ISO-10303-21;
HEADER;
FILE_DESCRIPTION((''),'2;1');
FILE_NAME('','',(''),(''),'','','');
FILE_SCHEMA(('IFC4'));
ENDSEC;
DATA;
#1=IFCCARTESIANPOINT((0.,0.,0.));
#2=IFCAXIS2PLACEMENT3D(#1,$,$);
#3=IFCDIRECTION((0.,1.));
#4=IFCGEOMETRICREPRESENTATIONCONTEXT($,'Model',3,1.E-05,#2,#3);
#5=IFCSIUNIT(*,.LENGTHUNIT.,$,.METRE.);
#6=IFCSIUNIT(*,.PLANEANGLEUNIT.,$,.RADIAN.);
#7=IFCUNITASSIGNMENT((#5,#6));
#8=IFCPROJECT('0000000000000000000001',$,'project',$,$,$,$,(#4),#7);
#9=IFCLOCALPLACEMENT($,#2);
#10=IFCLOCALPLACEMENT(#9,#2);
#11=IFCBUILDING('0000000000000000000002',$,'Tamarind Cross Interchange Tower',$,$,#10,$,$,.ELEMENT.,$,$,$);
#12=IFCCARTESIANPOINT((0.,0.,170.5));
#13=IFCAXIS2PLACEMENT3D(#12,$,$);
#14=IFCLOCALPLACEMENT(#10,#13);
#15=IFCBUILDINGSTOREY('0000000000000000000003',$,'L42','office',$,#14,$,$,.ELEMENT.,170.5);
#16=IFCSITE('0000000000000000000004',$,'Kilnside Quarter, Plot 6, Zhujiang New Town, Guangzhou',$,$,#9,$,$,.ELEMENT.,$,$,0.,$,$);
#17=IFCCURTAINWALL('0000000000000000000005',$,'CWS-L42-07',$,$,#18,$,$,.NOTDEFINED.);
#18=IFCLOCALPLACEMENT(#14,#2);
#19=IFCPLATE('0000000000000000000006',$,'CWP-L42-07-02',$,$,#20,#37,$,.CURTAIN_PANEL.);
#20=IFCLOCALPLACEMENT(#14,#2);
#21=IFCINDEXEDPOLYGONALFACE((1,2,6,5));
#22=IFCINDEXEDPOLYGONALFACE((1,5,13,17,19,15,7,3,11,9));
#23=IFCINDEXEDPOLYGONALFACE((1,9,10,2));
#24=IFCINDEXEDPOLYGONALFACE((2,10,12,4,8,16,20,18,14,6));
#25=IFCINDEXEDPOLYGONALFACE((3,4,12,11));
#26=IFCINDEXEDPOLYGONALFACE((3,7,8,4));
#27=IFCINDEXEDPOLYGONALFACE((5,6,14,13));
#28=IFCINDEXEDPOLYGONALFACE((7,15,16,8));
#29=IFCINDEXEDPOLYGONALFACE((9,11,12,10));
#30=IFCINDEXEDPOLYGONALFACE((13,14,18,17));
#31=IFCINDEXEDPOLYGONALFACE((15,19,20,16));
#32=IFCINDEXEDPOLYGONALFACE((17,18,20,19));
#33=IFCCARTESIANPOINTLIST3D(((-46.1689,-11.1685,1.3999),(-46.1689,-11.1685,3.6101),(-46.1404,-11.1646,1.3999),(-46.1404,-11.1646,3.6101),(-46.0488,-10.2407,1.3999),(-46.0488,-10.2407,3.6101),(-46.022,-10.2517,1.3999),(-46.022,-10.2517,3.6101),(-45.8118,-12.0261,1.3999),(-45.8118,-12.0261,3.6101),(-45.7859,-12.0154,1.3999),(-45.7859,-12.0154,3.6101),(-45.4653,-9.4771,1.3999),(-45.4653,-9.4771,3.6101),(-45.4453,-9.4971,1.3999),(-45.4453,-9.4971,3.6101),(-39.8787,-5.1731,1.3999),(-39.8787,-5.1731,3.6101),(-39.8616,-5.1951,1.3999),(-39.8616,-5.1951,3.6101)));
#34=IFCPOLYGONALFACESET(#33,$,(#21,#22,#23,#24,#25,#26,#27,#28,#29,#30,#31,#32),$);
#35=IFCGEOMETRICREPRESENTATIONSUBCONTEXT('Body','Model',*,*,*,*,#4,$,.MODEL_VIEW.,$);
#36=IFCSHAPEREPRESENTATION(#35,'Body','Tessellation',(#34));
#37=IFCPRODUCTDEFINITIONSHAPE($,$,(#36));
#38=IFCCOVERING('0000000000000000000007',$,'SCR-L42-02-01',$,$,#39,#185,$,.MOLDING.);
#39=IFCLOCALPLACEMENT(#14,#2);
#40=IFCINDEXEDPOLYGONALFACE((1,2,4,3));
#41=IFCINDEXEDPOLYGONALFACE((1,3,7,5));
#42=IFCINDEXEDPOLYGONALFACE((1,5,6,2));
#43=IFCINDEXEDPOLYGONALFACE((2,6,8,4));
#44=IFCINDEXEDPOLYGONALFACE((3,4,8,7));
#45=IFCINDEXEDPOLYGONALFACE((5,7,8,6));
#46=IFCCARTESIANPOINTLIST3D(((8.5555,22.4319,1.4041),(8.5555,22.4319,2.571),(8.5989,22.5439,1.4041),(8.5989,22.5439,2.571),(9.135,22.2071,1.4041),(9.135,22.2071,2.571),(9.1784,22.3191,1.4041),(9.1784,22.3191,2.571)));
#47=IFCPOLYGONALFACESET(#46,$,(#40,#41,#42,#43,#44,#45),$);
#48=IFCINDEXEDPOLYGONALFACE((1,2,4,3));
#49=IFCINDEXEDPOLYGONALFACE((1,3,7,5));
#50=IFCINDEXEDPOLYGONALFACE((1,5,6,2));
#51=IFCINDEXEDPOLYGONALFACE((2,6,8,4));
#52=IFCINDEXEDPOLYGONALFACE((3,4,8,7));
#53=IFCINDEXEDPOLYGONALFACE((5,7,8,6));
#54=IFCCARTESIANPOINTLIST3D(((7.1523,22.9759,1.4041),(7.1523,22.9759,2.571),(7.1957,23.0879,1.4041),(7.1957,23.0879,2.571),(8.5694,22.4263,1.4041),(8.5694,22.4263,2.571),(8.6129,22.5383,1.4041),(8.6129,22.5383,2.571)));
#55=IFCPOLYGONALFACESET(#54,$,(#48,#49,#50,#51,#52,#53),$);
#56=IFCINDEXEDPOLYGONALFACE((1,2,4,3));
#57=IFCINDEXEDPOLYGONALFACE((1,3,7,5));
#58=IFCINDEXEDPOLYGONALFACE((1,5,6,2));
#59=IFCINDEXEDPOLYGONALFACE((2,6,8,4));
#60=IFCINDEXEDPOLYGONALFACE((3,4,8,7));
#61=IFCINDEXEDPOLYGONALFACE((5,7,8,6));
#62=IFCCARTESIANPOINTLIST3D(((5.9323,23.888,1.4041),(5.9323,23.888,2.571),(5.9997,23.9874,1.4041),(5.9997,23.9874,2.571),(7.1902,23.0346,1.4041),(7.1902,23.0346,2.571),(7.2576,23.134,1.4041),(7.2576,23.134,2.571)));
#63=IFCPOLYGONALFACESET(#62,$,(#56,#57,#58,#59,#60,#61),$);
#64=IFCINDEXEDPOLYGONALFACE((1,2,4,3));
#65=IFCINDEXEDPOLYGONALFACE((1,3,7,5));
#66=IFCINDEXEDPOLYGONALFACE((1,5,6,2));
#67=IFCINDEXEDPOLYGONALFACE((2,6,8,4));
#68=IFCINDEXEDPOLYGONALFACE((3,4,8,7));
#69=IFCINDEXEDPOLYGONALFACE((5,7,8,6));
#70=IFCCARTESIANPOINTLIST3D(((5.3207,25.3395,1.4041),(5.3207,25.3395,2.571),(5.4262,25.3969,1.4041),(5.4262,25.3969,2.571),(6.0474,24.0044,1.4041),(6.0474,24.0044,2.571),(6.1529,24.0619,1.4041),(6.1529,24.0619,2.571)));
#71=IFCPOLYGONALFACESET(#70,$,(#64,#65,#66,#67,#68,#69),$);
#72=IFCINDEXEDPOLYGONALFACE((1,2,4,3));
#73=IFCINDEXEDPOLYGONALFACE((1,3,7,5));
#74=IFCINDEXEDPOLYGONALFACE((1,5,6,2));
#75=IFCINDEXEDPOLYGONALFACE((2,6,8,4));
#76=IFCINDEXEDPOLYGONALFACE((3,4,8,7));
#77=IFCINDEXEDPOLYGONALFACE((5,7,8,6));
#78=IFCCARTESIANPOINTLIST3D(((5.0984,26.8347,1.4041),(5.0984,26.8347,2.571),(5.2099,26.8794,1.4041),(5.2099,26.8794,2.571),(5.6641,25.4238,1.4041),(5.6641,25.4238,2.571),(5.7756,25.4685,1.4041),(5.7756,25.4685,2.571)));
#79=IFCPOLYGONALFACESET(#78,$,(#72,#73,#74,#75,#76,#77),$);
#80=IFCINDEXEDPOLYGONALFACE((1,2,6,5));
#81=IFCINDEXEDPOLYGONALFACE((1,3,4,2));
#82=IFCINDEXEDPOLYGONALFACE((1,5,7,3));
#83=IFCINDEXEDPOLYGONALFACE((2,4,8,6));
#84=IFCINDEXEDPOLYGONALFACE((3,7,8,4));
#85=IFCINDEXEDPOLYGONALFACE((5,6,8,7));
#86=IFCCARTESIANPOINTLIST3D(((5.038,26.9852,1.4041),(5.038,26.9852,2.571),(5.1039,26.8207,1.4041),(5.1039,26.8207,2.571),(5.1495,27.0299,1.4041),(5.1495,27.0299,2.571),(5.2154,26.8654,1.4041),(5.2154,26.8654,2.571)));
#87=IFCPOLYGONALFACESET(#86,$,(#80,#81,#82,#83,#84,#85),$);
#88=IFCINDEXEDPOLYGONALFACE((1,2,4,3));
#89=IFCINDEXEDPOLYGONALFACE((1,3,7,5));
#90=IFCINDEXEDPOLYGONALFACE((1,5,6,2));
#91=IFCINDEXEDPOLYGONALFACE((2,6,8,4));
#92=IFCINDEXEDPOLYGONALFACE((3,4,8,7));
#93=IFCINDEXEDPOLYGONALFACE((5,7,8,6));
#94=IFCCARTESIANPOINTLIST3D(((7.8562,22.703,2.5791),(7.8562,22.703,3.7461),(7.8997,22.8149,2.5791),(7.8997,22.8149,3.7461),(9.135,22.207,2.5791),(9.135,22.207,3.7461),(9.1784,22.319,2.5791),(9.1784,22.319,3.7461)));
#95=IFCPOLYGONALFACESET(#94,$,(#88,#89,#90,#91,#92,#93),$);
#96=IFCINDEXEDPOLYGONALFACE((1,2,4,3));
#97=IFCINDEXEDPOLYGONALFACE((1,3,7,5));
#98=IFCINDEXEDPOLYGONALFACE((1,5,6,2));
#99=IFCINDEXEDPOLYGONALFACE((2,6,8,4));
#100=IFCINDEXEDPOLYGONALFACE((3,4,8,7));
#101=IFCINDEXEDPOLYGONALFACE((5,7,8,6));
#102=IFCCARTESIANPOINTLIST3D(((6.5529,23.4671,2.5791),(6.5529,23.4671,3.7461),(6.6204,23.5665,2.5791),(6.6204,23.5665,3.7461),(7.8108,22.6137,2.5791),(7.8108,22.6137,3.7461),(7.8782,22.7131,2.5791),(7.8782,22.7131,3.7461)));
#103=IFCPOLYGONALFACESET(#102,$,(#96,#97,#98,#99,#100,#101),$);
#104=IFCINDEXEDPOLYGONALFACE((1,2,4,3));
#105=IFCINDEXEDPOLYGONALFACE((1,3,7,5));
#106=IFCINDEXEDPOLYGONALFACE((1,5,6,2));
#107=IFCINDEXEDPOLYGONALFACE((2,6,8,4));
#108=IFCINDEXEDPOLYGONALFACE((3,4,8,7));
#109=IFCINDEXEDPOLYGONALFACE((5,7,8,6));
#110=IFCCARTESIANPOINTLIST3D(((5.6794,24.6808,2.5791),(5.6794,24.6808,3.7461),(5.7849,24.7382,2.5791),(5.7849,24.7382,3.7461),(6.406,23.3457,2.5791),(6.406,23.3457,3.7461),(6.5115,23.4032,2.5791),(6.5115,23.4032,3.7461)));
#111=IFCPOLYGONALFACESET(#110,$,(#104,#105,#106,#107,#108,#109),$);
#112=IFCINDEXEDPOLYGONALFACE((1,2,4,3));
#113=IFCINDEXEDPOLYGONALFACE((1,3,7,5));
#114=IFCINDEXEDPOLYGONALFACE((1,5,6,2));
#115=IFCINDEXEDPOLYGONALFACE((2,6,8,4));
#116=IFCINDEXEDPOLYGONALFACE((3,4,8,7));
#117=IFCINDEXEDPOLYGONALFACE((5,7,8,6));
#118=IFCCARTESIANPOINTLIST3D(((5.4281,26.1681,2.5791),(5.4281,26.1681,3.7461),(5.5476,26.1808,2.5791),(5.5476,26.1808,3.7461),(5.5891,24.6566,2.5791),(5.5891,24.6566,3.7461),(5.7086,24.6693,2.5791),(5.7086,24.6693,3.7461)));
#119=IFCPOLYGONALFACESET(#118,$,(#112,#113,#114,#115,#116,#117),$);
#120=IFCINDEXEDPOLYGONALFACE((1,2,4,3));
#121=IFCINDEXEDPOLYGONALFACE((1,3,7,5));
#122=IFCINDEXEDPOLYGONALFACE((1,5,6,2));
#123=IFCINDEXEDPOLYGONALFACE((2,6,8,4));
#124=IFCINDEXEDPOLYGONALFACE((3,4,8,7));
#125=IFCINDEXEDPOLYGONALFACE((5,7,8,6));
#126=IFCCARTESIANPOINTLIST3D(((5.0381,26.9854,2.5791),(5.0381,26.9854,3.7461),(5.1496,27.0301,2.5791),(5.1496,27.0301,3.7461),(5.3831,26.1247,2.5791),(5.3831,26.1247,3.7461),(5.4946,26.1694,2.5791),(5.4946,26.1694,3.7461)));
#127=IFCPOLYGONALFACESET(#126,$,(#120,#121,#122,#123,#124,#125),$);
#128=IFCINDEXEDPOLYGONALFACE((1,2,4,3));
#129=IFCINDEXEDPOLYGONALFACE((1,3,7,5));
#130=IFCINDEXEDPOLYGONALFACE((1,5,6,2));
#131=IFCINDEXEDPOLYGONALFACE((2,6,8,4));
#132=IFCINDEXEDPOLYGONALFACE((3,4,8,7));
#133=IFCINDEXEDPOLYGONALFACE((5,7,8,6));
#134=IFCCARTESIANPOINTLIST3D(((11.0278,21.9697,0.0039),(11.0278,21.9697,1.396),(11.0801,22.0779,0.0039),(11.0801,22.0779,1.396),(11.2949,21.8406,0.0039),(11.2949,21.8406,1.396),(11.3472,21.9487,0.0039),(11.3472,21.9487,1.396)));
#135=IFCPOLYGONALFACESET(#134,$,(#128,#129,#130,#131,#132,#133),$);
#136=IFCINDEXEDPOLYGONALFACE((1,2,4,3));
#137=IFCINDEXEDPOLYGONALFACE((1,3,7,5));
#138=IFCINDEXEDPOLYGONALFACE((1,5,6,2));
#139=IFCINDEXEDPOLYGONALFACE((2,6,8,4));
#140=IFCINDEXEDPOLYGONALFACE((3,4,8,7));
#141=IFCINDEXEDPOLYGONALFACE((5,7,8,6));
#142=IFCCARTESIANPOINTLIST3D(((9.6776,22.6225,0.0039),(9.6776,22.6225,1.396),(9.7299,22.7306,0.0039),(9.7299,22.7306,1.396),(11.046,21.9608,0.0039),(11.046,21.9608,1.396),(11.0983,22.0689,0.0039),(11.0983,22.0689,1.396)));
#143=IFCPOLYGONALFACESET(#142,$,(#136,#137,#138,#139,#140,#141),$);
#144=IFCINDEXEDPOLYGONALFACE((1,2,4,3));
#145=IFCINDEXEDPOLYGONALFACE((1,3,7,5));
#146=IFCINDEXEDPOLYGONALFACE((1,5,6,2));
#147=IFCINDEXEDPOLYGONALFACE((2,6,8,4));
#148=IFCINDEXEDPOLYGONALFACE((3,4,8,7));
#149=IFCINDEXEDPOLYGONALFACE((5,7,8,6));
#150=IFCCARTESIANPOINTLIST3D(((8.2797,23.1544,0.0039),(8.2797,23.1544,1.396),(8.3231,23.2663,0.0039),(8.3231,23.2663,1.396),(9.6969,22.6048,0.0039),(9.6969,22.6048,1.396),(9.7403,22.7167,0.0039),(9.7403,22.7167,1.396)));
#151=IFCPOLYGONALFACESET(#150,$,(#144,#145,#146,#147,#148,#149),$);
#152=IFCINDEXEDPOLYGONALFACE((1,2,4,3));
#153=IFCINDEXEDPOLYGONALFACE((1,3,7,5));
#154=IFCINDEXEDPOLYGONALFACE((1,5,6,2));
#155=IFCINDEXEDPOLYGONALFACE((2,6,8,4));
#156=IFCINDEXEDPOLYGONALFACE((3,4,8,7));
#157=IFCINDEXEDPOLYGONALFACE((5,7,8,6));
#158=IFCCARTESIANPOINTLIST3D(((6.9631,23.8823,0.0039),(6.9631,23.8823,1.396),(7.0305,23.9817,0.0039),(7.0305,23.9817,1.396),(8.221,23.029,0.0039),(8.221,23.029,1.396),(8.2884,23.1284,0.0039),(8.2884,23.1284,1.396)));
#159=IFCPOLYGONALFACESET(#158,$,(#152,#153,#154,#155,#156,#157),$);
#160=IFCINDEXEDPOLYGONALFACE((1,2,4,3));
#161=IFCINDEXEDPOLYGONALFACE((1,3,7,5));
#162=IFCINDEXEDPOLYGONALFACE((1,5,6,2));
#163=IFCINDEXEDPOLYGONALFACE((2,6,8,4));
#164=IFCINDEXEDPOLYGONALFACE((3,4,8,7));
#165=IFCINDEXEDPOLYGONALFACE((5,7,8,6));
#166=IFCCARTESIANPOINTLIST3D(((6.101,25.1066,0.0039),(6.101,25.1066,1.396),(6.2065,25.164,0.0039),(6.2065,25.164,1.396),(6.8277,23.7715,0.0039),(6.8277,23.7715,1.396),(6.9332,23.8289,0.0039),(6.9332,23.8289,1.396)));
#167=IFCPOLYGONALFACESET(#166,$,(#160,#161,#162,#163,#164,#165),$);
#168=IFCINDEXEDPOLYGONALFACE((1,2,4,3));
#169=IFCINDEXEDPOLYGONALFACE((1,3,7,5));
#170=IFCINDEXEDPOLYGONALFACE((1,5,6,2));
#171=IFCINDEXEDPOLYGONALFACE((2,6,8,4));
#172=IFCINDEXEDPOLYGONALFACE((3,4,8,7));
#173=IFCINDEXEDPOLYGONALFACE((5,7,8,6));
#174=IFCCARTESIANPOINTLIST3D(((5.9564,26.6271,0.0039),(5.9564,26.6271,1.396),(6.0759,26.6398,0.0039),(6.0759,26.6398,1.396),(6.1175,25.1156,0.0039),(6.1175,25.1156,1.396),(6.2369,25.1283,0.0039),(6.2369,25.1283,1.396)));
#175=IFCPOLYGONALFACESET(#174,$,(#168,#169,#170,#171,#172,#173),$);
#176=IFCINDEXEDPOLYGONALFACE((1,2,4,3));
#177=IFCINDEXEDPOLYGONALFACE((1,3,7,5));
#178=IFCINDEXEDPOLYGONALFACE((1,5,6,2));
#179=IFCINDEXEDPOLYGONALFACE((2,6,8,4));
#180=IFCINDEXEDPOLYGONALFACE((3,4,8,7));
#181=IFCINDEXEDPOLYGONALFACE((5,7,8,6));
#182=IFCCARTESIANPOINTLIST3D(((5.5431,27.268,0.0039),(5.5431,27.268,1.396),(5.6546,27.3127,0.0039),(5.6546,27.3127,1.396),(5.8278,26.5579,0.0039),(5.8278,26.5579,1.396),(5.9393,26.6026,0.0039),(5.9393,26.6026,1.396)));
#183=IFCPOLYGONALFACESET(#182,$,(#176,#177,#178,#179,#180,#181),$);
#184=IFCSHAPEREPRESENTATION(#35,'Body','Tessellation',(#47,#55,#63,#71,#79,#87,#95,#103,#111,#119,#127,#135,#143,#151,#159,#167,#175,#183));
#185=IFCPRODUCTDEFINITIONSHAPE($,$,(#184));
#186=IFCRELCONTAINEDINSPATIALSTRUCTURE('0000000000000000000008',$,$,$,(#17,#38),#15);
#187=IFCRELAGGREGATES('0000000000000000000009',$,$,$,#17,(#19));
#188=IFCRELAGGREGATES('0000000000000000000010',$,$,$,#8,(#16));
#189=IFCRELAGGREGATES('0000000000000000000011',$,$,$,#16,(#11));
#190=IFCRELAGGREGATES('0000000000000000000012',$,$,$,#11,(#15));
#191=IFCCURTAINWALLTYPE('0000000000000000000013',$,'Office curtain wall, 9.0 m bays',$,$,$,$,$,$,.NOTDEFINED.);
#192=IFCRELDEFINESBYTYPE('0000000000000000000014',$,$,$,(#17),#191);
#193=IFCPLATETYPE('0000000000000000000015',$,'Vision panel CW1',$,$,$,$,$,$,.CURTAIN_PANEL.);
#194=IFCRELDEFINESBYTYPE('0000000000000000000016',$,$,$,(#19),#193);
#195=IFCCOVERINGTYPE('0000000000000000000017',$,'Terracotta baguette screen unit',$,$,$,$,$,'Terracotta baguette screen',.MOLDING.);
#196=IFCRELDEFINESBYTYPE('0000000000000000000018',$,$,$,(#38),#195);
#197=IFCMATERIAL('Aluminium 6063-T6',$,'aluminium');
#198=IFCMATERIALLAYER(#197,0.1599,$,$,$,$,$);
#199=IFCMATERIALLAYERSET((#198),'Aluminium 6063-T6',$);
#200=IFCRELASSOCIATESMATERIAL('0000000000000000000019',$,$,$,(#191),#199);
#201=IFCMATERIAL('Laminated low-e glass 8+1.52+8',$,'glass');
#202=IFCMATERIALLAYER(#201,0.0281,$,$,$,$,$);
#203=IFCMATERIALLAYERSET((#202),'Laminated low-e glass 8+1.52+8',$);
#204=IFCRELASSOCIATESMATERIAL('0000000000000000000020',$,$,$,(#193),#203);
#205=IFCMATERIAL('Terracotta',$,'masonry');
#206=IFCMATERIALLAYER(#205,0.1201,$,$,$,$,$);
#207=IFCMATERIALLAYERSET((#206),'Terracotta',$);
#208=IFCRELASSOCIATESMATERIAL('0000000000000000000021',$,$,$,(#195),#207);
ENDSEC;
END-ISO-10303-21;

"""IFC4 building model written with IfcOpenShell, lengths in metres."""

from ifc_helpers import new_model, si_unit, direction, frame, origin, origin_2d, place, context, subcontext, project, spatial, polyline, rectangle, outline, extrude, material, layer, layer_set, type_object, element, aggregate, save


model = new_model("IFC4")

# Units and contexts
model_context = context("Model", 3, precision=1e-05, world=origin(), true_north=direction((0.0, 1.0)))
body_context = subcontext(model_context, "Body", "Model", "MODEL_VIEW")
ifc_project = project(units=[si_unit("LENGTHUNIT", "METRE"), si_unit("PLANEANGLEUNIT", "RADIAN")], contexts=[model_context])

# Site, building, storey
site_placement = place(None, origin())
site = spatial("IfcSite", under=ifc_project, at=site_placement, Name="Kilnside Quarter, Plot 6, Zhujiang New Town, Guangzhou", CompositionType="ELEMENT", RefElevation=0.0)
building_placement = place(site_placement, origin())
building = spatial("IfcBuilding", under=site, at=building_placement, Name="Tamarind Cross Interchange Tower", CompositionType="ELEMENT")
storey_placement = place(building_placement, frame((0.0, 0.0, 170.5)))
storey = spatial("IfcBuildingStorey", under=building, at=storey_placement, Name="L42", Description="office", CompositionType="ELEMENT", Elevation=170.5)

# Curtain wall
ifc_material_1 = material(Name="Aluminium 6063-T6", Category="aluminium")
ifc_layer_1 = layer(ifc_material_1, 0.1599)
ifc_layer_set_1 = layer_set([ifc_layer_1], Name="Aluminium 6063-T6")
curtain_wall_type = type_object("IfcCurtainWallType", Name="Office curtain wall, 9.0 m bays", PredefinedType="NOTDEFINED", material=ifc_layer_set_1)
curtain_wall_1_placement = place(storey_placement, origin())
curtain_wall_1 = element("IfcCurtainWall", 1, at=curtain_wall_1_placement, inside=storey, type_object=curtain_wall_type, Name="CWS-L42-07", PredefinedType="NOTDEFINED")

# Plate
ifc_material_2 = material(Name="Laminated low-e glass 8+1.52+8", Category="glass")
ifc_layer_2 = layer(ifc_material_2, 0.0281)
ifc_layer_set_2 = layer_set([ifc_layer_2], Name="Laminated low-e glass 8+1.52+8")
plate_type = type_object("IfcPlateType", Name="Vision panel CW1", PredefinedType="CURTAIN_PANEL", material=ifc_layer_set_2)
plate_1_placement = place(storey_placement, frame((0.0, 0.0, 1.3999)))
plate_1 = element("IfcPlate", 2, at=plate_1_placement, type_object=plate_type, Name="CWP-L42-07-02", PredefinedType="CURTAIN_PANEL", context=body_context, shape_type="SweptSolid", body=[
    extrude(outline(polyline([(-39.8616, -5.1951), (-45.4453, -9.4971), (-46.022, -10.2517), (-46.1404, -11.1646), (-45.7859, -12.0154), (-45.8118, -12.0261), (-46.1689, -11.1685), (-46.0488, -10.2407), (-45.4653, -9.4771), (-39.8787, -5.1731), (-39.8616, -5.1951)])), origin(), (0.0, 0.0, 1.0), 2.2102),
])
aggregate(curtain_wall_1, [plate_1])

# Covering
ifc_material_3 = material(Name="Terracotta", Category="masonry")
ifc_layer_3 = layer(ifc_material_3, 0.1201)
ifc_layer_set_3 = layer_set([ifc_layer_3], Name="Terracotta")
covering_type = type_object("IfcCoveringType", Name="Terracotta baguette screen unit", ElementType="Terracotta baguette screen", PredefinedType="MOLDING", material=ifc_layer_set_3)
covering_1_placement = place(storey_placement, origin())
element("IfcCovering", 3, at=covering_1_placement, inside=storey, type_object=covering_type, Name="SCR-L42-02-01", PredefinedType="MOLDING", context=body_context, shape_type="SweptSolid", body=[
    extrude(rectangle(XDim=0.6216, YDim=0.1201, at=origin_2d()), frame((8.8669, 22.3755, 1.4041), z_axis=(0.0, 0.0, 1.0), x_axis=(-0.932344, 0.361573, 0.0)), (0.0, 0.0, 1.0), 1.167),
    extrude(rectangle(XDim=1.52, YDim=0.1201, at=origin_2d()), frame((7.8826, 22.7571, 1.4041), z_axis=(0.0, 0.0, 1.0), x_axis=(-0.932344, 0.361573, 0.0)), (0.0, 0.0, 1.0), 1.167),
    extrude(rectangle(XDim=1.52, YDim=0.1201, at=origin_2d()), frame((6.595, 23.511, 1.4041), z_axis=(0.0, 0.0, 1.0), x_axis=(-0.827544, 0.561401, 0.0)), (0.0, 0.0, 1.0), 1.167),
    extrude(rectangle(XDim=1.52, YDim=0.1201, at=origin_2d()), frame((5.7368, 24.7007, 1.4041), z_axis=(0.0, 0.0, 1.0), x_axis=(-0.478047, 0.878334, 0.0)), (0.0, 0.0, 1.0), 1.167),
    extrude(rectangle(XDim=1.52, YDim=0.1201, at=origin_2d()), frame((5.437, 26.1516, 1.4041), z_axis=(0.0, 0.0, 1.0), x_axis=(-0.372126, 0.928182, 0.0)), (0.0, 0.0, 1.0), 1.167),
    extrude(rectangle(XDim=0.1772, YDim=0.1201, at=origin_2d()), frame((5.1267, 26.9253, 1.4041), z_axis=(0.0, 0.0, 1.0), x_axis=(-0.372126, 0.928182, 0.0)), (0.0, 0.0, 1.0), 1.167),
    extrude(rectangle(XDim=1.3716, YDim=0.1201, at=origin_2d()), frame((8.5173, 22.511, 2.5791), z_axis=(0.0, 0.0, 1.0), x_axis=(-0.932344, 0.361573, 0.0)), (0.0, 0.0, 1.0), 1.167),
    extrude(rectangle(XDim=1.52, YDim=0.1201, at=origin_2d()), frame((7.2156, 23.0901, 2.5791), z_axis=(0.0, 0.0, 1.0), x_axis=(-0.827544, 0.561401, 0.0)), (0.0, 0.0, 1.0), 1.167),
    extrude(rectangle(XDim=1.52, YDim=0.1201, at=origin_2d()), frame((6.0955, 24.042, 2.5791), z_axis=(0.0, 0.0, 1.0), x_axis=(-0.478047, 0.878334, 0.0)), (0.0, 0.0, 1.0), 1.167),
    extrude(rectangle(XDim=1.52, YDim=0.1201, at=origin_2d()), frame((5.5684, 25.4187, 2.5791), z_axis=(0.0, 0.0, 1.0), x_axis=(-0.105932, 0.994373, 0.0)), (0.0, 0.0, 1.0), 1.167),
    extrude(rectangle(XDim=0.9272, YDim=0.1201, at=origin_2d()), frame((5.2664, 26.5774, 2.5791), z_axis=(0.0, 0.0, 1.0), x_axis=(-0.372126, 0.928182, 0.0)), (0.0, 0.0, 1.0), 1.167),
    extrude(rectangle(XDim=0.2966, YDim=0.1201, at=origin_2d()), frame((11.1875, 21.9592, 0.0039), z_axis=(0.0, 0.0, 1.0), x_axis=(-0.900273, 0.435326, 0.0)), (0.0, 0.0, 1.0), 1.3921),
    extrude(rectangle(XDim=1.52, YDim=0.1201, at=origin_2d()), frame((10.3879, 22.3457, 0.0039), z_axis=(0.0, 0.0, 1.0), x_axis=(-0.900273, 0.435326, 0.0)), (0.0, 0.0, 1.0), 1.3921),
    extrude(rectangle(XDim=1.52, YDim=0.1201, at=origin_2d()), frame((9.01, 22.9355, 0.0039), z_axis=(0.0, 0.0, 1.0), x_axis=(-0.932344, 0.361573, 0.0)), (0.0, 0.0, 1.0), 1.3921),
    extrude(rectangle(XDim=1.52, YDim=0.1201, at=origin_2d()), frame((7.6257, 23.5054, 0.0039), z_axis=(0.0, 0.0, 1.0), x_axis=(-0.827544, 0.561401, 0.0)), (0.0, 0.0, 1.0), 1.3921),
    extrude(rectangle(XDim=1.52, YDim=0.1201, at=origin_2d()), frame((6.5171, 24.4678, 0.0039), z_axis=(0.0, 0.0, 1.0), x_axis=(-0.478047, 0.878334, 0.0)), (0.0, 0.0, 1.0), 1.3921),
    extrude(rectangle(XDim=1.52, YDim=0.1201, at=origin_2d()), frame((6.0967, 25.8777, 0.0039), z_axis=(0.0, 0.0, 1.0), x_axis=(-0.105932, 0.994373, 0.0)), (0.0, 0.0, 1.0), 1.3921),
    extrude(rectangle(XDim=0.7651, YDim=0.1201, at=origin_2d()), frame((5.7412, 26.9353, 0.0039), z_axis=(0.0, 0.0, 1.0), x_axis=(-0.372126, 0.928182, 0.0)), (0.0, 0.0, 1.0), 1.3921),
])

save(model, "model.ifc")
